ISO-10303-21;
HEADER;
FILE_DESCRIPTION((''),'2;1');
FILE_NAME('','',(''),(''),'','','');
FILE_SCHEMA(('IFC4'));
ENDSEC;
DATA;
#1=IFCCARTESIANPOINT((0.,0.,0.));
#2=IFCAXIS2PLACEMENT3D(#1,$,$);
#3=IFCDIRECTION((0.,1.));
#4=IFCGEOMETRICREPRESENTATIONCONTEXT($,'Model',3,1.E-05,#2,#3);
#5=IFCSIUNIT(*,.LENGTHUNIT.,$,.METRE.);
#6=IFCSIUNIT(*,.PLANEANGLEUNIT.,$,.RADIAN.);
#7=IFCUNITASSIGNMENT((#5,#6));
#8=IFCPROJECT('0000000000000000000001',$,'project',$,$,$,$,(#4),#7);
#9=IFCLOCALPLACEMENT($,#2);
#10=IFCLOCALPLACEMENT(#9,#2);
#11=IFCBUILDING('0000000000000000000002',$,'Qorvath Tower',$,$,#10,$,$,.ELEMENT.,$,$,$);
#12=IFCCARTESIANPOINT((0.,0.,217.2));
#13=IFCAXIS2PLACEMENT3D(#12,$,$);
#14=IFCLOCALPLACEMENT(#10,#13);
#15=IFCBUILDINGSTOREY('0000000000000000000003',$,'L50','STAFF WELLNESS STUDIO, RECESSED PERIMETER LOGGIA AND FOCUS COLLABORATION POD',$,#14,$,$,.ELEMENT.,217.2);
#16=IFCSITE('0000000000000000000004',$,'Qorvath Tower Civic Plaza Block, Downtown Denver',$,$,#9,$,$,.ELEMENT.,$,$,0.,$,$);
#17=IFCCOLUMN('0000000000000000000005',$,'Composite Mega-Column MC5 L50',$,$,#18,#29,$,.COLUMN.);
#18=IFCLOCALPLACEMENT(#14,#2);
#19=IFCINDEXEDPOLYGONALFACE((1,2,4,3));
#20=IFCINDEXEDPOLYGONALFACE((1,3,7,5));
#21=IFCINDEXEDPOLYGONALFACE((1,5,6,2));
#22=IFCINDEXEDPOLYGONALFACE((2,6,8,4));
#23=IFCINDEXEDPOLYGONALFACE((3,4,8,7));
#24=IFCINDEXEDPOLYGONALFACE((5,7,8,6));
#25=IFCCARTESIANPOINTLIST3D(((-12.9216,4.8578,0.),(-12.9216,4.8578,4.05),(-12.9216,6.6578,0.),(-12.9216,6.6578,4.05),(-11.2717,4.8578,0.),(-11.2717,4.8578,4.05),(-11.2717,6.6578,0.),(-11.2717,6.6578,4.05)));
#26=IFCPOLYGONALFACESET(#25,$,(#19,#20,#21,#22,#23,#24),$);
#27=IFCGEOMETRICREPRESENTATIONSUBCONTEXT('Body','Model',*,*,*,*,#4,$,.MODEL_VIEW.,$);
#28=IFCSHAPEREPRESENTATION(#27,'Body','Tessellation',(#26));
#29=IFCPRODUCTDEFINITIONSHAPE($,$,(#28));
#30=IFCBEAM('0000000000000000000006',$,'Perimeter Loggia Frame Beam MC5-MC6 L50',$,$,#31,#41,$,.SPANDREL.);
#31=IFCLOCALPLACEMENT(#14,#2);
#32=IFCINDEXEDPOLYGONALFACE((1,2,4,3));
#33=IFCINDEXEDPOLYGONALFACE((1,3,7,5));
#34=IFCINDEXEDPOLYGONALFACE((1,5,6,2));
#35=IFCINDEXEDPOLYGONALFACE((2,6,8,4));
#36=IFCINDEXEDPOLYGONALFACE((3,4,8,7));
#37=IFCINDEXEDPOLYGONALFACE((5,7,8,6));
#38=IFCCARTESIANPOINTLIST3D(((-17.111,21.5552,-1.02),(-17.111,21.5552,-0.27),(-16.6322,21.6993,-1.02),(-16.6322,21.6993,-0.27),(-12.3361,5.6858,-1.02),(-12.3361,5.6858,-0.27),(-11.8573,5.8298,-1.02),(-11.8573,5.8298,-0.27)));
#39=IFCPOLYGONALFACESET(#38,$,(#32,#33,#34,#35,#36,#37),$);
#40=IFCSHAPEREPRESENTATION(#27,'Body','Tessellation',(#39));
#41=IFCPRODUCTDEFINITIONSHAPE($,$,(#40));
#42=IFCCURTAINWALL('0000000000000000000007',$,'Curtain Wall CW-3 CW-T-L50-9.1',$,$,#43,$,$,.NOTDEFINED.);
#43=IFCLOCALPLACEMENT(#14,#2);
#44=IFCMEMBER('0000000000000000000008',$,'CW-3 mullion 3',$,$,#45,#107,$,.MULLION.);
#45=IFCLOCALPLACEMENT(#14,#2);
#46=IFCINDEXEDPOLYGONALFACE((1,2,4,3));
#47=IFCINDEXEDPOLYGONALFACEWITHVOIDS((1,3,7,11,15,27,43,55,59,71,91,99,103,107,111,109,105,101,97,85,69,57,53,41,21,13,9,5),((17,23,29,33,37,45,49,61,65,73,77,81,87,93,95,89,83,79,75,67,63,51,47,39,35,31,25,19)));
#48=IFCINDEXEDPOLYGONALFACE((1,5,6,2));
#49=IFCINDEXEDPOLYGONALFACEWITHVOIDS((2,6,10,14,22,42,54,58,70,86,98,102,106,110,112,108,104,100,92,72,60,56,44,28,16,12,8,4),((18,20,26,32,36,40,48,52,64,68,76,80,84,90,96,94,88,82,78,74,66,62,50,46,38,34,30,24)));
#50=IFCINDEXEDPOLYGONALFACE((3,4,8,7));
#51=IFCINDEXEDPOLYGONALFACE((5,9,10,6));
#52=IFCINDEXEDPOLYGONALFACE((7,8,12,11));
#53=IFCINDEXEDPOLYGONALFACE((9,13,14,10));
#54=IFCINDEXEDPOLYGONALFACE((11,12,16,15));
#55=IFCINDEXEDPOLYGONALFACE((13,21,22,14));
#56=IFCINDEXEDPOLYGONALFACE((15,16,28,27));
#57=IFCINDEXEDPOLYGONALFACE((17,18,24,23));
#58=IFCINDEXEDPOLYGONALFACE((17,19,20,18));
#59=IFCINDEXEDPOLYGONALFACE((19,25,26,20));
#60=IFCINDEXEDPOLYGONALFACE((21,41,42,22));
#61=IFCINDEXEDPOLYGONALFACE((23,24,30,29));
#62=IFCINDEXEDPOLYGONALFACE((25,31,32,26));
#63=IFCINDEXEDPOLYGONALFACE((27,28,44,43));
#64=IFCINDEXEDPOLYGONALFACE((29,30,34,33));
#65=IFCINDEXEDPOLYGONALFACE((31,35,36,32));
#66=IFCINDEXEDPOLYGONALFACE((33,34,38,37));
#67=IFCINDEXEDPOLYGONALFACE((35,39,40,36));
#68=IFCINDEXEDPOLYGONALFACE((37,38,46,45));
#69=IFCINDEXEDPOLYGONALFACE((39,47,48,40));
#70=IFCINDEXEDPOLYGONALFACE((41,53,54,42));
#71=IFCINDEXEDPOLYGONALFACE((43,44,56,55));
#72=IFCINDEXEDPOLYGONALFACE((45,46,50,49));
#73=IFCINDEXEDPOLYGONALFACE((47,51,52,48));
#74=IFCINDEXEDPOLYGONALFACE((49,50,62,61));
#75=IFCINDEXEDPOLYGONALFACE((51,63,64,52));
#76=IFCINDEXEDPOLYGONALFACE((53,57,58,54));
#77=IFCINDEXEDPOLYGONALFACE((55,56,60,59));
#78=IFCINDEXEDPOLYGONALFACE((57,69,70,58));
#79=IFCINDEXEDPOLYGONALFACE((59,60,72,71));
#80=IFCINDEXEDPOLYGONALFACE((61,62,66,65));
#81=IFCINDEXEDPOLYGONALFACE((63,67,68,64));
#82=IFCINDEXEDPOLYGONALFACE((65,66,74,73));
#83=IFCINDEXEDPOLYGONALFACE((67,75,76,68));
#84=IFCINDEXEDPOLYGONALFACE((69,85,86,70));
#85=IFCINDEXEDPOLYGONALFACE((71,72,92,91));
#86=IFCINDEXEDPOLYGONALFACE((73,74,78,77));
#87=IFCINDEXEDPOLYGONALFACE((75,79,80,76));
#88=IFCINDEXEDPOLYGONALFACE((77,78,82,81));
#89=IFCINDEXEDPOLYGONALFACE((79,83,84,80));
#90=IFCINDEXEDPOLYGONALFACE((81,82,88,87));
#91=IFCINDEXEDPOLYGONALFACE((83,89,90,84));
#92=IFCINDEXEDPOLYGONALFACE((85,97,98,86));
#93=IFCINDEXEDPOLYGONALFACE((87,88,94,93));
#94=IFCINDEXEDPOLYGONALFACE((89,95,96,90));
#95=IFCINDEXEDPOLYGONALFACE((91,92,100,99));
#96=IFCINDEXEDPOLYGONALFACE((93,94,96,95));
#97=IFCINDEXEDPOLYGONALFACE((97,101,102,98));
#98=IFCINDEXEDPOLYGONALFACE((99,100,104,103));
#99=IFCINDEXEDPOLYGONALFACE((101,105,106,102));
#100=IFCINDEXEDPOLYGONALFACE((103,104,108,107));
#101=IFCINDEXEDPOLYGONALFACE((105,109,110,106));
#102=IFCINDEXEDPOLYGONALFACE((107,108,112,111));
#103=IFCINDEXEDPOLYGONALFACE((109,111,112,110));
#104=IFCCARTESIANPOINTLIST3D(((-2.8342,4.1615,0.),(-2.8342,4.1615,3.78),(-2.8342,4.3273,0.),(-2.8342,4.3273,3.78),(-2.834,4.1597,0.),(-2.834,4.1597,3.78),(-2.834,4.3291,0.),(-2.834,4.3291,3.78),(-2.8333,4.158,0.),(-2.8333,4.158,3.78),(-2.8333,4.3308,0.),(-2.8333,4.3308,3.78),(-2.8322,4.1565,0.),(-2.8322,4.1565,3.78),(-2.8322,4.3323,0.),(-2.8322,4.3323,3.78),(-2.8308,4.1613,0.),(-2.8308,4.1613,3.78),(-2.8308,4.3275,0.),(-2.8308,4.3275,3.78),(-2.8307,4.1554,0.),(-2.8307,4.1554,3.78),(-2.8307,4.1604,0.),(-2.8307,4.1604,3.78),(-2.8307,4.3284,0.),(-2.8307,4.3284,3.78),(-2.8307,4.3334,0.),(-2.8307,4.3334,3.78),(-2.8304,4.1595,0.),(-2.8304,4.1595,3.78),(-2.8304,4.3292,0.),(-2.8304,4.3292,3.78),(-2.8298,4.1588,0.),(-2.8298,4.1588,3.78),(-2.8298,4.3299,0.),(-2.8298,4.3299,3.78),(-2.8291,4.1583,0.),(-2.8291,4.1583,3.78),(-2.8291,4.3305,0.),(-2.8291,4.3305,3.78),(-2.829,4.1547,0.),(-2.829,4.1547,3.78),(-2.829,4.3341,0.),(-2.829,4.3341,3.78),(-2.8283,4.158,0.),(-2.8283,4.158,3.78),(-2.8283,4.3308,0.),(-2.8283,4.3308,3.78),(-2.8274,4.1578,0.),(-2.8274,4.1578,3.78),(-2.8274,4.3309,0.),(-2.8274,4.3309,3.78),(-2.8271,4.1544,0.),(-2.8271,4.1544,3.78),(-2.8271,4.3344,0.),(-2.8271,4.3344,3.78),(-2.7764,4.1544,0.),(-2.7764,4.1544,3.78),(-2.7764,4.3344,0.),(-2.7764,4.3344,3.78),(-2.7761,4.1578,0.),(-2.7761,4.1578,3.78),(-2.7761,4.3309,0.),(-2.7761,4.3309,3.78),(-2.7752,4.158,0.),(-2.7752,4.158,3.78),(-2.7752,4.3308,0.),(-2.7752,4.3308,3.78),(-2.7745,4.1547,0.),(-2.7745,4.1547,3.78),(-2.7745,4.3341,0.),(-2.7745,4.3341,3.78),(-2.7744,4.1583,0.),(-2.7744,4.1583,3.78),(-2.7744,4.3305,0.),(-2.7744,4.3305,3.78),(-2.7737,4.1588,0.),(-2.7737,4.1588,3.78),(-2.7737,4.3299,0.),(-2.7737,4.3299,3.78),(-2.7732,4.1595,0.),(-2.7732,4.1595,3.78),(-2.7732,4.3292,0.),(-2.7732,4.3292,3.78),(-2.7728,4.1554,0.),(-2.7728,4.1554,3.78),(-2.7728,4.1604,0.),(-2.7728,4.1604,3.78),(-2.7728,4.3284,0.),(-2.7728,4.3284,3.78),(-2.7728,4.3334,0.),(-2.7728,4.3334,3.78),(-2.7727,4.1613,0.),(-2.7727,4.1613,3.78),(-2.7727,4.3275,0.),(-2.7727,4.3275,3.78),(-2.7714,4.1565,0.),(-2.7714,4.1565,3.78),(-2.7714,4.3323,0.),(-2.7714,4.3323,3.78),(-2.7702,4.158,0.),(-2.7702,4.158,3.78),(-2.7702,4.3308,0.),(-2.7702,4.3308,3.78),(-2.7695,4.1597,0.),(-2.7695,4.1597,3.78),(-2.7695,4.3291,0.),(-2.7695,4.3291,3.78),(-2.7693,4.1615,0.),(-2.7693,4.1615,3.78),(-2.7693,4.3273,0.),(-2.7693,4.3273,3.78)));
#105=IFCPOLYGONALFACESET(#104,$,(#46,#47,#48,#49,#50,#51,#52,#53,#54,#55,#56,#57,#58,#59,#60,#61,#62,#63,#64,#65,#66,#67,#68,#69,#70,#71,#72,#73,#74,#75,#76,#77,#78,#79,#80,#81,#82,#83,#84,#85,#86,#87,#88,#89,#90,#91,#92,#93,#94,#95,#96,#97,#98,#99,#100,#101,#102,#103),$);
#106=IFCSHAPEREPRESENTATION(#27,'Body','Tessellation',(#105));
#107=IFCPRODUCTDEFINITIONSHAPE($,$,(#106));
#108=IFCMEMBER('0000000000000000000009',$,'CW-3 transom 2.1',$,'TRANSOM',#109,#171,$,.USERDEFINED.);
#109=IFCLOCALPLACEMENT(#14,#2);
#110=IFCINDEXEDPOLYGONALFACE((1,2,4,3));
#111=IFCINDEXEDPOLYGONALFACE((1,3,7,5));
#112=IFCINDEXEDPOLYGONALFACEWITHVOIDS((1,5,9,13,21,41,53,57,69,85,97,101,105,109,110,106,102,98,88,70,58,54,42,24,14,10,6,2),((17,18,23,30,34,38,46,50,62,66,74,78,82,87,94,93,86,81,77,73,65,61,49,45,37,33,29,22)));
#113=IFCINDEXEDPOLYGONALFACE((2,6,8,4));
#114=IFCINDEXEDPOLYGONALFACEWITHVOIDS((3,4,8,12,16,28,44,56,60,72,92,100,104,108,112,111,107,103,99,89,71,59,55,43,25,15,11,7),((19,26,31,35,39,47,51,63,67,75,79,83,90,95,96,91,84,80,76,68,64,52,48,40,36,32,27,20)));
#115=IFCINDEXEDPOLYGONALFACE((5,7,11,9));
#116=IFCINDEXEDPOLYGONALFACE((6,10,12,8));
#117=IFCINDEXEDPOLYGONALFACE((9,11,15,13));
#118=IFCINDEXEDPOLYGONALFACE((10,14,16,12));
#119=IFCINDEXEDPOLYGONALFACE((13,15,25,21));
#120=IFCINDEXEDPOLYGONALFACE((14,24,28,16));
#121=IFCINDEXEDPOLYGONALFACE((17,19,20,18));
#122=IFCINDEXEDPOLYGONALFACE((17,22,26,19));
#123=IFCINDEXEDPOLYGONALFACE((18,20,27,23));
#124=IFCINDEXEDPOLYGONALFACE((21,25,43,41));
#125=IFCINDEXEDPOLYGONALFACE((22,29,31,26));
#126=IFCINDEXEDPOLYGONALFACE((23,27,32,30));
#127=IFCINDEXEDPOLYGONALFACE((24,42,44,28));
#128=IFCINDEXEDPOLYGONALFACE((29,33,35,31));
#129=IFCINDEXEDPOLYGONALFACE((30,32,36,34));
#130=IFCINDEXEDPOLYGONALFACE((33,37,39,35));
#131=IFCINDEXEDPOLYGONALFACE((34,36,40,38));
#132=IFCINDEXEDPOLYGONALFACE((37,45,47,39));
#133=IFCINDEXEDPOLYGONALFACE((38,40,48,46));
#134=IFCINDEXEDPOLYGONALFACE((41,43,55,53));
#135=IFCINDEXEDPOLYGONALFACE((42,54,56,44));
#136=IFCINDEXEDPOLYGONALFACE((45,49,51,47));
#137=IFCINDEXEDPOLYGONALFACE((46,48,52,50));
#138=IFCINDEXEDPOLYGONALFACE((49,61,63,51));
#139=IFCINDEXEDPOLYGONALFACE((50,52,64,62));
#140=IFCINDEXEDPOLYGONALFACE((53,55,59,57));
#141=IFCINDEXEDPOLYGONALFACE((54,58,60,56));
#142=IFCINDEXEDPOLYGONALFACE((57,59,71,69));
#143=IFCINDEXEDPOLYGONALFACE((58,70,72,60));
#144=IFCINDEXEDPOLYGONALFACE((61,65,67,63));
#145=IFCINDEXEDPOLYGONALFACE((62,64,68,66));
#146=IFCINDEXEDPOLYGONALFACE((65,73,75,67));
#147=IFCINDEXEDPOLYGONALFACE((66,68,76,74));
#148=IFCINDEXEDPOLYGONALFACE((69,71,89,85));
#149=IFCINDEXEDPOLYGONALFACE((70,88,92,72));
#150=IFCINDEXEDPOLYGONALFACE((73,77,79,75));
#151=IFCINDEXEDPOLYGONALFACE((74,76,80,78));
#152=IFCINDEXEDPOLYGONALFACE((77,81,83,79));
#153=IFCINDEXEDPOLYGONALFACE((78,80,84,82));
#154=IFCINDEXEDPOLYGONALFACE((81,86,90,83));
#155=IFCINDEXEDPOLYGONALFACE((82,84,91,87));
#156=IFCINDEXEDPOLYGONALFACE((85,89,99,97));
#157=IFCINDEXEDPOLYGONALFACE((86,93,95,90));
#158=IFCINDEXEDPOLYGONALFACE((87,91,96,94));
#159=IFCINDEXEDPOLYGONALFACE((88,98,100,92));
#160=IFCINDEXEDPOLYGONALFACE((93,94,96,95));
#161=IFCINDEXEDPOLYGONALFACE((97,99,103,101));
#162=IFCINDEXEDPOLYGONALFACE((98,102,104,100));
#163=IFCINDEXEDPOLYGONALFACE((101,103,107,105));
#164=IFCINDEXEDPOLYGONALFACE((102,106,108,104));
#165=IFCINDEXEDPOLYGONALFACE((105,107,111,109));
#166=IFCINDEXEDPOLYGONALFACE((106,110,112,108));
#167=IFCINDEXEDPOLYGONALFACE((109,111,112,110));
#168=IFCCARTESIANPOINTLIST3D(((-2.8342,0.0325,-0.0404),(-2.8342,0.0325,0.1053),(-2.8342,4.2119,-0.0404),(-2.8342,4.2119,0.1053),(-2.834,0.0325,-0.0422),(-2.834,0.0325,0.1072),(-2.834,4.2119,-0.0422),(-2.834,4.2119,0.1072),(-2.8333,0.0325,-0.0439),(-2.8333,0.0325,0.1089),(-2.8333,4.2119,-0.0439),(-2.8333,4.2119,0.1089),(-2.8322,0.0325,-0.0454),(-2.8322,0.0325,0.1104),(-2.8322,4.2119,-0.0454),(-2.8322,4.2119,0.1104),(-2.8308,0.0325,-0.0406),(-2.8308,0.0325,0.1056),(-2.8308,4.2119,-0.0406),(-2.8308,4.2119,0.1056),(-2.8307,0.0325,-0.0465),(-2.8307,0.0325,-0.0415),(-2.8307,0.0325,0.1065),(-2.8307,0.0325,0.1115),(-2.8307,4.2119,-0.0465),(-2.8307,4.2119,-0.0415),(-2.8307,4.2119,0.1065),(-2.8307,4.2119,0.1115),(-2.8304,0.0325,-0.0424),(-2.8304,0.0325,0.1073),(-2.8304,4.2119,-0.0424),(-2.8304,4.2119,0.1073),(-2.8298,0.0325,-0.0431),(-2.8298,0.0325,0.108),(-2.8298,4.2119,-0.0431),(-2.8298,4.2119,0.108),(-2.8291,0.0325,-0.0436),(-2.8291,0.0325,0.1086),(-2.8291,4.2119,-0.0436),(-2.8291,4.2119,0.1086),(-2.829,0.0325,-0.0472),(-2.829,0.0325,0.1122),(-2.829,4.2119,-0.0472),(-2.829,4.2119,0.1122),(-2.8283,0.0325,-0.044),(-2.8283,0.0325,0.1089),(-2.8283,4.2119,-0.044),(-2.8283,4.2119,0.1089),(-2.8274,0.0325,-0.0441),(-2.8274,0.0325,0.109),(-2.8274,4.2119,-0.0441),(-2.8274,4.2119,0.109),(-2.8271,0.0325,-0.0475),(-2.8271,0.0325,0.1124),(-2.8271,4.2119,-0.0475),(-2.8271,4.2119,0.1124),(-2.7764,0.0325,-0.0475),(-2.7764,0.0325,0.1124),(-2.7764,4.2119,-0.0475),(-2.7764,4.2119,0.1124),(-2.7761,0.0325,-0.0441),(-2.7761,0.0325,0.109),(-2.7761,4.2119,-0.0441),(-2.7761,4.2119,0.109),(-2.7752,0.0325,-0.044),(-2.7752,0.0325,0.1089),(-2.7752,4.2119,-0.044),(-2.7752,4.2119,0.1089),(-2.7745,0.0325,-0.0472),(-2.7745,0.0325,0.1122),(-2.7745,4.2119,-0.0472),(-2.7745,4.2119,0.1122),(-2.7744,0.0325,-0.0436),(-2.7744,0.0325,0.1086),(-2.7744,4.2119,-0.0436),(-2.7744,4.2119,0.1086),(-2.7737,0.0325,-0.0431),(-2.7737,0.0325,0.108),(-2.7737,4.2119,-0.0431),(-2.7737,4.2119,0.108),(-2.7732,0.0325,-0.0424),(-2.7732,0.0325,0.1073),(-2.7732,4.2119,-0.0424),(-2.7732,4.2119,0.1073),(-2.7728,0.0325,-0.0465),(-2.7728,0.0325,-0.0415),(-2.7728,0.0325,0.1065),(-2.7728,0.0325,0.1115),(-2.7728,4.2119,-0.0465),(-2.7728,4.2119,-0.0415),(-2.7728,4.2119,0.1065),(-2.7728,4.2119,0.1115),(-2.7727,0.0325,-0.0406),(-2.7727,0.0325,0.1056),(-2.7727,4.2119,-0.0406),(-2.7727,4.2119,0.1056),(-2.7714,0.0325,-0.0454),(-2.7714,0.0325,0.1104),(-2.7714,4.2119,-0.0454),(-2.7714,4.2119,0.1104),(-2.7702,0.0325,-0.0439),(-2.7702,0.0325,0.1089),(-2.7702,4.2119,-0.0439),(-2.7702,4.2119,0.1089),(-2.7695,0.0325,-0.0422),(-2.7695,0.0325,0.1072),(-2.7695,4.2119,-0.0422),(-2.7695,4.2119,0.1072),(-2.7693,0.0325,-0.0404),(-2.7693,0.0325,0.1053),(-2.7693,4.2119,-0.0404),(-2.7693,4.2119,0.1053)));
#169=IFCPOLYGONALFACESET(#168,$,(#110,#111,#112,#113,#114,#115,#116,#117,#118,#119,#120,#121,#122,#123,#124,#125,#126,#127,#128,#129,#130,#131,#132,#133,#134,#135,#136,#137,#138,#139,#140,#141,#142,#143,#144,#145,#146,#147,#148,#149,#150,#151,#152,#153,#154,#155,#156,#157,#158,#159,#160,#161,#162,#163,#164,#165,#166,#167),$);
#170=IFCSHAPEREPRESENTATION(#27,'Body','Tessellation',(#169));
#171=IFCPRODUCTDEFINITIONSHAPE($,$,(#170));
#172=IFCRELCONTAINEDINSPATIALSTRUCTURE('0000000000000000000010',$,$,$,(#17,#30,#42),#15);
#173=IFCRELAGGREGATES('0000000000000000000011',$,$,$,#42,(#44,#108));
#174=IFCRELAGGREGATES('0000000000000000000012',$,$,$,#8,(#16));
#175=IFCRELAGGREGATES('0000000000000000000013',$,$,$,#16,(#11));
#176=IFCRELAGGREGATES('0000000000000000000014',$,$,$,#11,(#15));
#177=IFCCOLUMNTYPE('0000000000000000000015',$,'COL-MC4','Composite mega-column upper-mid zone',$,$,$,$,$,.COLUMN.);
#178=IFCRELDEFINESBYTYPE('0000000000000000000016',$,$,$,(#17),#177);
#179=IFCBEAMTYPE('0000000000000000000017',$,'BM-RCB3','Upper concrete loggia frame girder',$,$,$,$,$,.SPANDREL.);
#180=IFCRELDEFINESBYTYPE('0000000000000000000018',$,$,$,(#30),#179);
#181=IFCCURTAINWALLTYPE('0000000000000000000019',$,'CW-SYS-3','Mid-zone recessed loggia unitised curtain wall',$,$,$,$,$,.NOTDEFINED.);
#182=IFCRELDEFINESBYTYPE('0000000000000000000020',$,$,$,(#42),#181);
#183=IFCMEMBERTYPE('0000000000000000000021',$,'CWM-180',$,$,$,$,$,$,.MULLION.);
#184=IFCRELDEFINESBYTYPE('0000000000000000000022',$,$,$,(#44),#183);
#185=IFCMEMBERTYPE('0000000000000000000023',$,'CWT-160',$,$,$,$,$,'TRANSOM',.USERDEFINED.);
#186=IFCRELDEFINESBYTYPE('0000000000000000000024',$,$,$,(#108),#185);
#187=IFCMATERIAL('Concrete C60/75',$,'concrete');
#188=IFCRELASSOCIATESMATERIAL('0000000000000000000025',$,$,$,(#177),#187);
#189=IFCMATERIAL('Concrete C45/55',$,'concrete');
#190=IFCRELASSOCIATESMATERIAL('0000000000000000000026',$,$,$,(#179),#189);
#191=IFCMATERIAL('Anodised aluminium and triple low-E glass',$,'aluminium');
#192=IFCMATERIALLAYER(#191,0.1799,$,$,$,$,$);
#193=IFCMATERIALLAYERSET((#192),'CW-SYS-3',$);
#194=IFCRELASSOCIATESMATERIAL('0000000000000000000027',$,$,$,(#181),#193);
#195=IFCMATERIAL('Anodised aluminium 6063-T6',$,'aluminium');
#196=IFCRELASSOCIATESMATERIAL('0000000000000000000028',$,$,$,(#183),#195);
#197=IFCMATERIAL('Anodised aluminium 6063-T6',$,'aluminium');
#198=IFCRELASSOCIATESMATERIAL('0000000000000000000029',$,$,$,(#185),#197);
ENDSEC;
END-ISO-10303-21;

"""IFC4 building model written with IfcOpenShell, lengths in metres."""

from ifc_helpers import new_model, si_unit, direction, frame, origin, origin_2d, place, context, subcontext, project, spatial, rectangle, hollow_rectangle, extrude, material, layer, layer_set, material_profile, profile_set, type_object, element, aggregate, save


model = new_model("IFC4")

# Units and contexts
model_context = context("Model", 3, precision=1e-05, world=origin(), true_north=direction((0.0, 1.0)))
body_context = subcontext(model_context, "Body", "Model", "MODEL_VIEW")
ifc_project = project(units=[si_unit("LENGTHUNIT", "METRE"), si_unit("PLANEANGLEUNIT", "RADIAN")], contexts=[model_context])

# Site, building, storey
site_placement = place(None, origin())
site = spatial("IfcSite", under=ifc_project, at=site_placement, Name="Qorvath Tower Civic Plaza Block, Downtown Denver", CompositionType="ELEMENT", RefElevation=0.0)
building_placement = place(site_placement, origin())
building = spatial("IfcBuilding", under=site, at=building_placement, Name="Qorvath Tower", CompositionType="ELEMENT")
storey_placement = place(building_placement, frame((0.0, 0.0, 217.2)))
storey = spatial("IfcBuildingStorey", under=building, at=storey_placement, Name="L50", Description="STAFF WELLNESS STUDIO, RECESSED PERIMETER LOGGIA AND FOCUS COLLABORATION POD", CompositionType="ELEMENT", Elevation=217.2)

# Column
ifc_material_1 = material(Name="Concrete C60/75", Category="concrete")
ifc_material_profile_1 = material_profile(ifc_material_1, rectangle(XDim=1.6499, YDim=1.8, at=origin_2d()), Name="MC 1800x1650")
ifc_profile_set_1 = profile_set([ifc_material_profile_1], Name="Concrete C60/75")
column_type = type_object("IfcColumnType", Name="COL-MC4", Description="Composite mega-column upper-mid zone", PredefinedType="COLUMN", material=ifc_profile_set_1)
column_placement = place(storey_placement, frame((-12.0967, 5.7578, 0.0), z_axis=(0.0, 0.0, 1.0), x_axis=(1.0, 0.0, 0.0)))
element("IfcColumn", 1, at=column_placement, inside=storey, type_object=column_type, Name="Composite Mega-Column MC5 L50", PredefinedType="COLUMN", context=body_context, shape_type="SweptSolid", body=[
    extrude(rectangle(XDim=1.6499, YDim=1.8, at=origin_2d()), origin(), (0.0, 0.0, 1.0), 4.05),
])

# Beam
ifc_material_2 = material(Name="Concrete C45/55", Category="concrete")
ifc_material_profile_2 = material_profile(ifc_material_2, rectangle(XDim=0.5, YDim=0.75, at=origin_2d()), Name="RCB 750x500")
ifc_profile_set_2 = profile_set([ifc_material_profile_2], Name="Concrete C45/55")
beam_type = type_object("IfcBeamType", Name="BM-RCB3", Description="Upper concrete loggia frame girder", PredefinedType="SPANDREL", material=ifc_profile_set_2)
beam_placement = place(storey_placement, frame((-12.0967, 5.7578, -0.645), z_axis=(-0.288128, 0.957592, 0.0), x_axis=(-0.957592, -0.288128, 0.0)))
element("IfcBeam", 2, at=beam_placement, inside=storey, type_object=beam_type, Name="Perimeter Loggia Frame Beam MC5-MC6 L50", PredefinedType="SPANDREL", context=body_context, shape_type="SweptSolid", body=[
    extrude(rectangle(XDim=0.5, YDim=0.75, at=origin_2d()), origin(), (0.0, 0.0, 1.0), 16.5723),
])

# Curtain wall, members
ifc_material_3 = material(Name="Anodised aluminium and triple low-E glass", Category="aluminium")
ifc_layer_1 = layer(ifc_material_3, 0.1799)
ifc_layer_set_1 = layer_set([ifc_layer_1], Name="CW-SYS-3")
curtain_wall_type = type_object("IfcCurtainWallType", Name="CW-SYS-3", Description="Mid-zone recessed loggia unitised curtain wall", PredefinedType="NOTDEFINED", material=ifc_layer_set_1)
curtain_wall_placement = place(storey_placement, origin())
curtain_wall = element("IfcCurtainWall", 3, at=curtain_wall_placement, inside=storey, type_object=curtain_wall_type, Name="Curtain Wall CW-3 CW-T-L50-9.1", PredefinedType="NOTDEFINED")
ifc_material_4 = material(Name="Anodised aluminium 6063-T6", Category="aluminium")
ifc_material_profile_3 = material_profile(ifc_material_4, hollow_rectangle(XDim=0.0649, YDim=0.1799, WallThickness=0.0034, InnerFilletRadius=0.0034, OuterFilletRadius=0.0071, at=origin_2d()), Name="CWM 180x65")
ifc_profile_set_3 = profile_set([ifc_material_profile_3], Name="Anodised aluminium 6063-T6")
member_type_1 = type_object("IfcMemberType", Name="CWM-180", PredefinedType="MULLION", material=ifc_profile_set_3)
member_1_placement = place(storey_placement, frame((-2.8018, 4.2444, 0.0), z_axis=(0.0, 0.0, 1.0), x_axis=(-1.0, 0.0, 0.0)))
member_1 = element("IfcMember", 4, at=member_1_placement, type_object=member_type_1, Name="CW-3 mullion 3", PredefinedType="MULLION", context=body_context, shape_type="SweptSolid", body=[
    extrude(hollow_rectangle(XDim=0.0649, YDim=0.1799, WallThickness=0.0034, InnerFilletRadius=0.0034, OuterFilletRadius=0.0071, at=origin_2d()), origin(), (0.0, 0.0, 1.0), 3.78),
])
ifc_material_5 = material(Name="Anodised aluminium 6063-T6", Category="aluminium")
ifc_material_profile_4 = material_profile(ifc_material_5, hollow_rectangle(XDim=0.0649, YDim=0.1599, WallThickness=0.0034, InnerFilletRadius=0.0034, OuterFilletRadius=0.0071, at=origin_2d()), Name="CWT 160x65")
ifc_profile_set_4 = profile_set([ifc_material_profile_4], Name="Anodised aluminium 6063-T6")
member_type_2 = type_object("IfcMemberType", Name="CWT-160", ElementType="TRANSOM", PredefinedType="USERDEFINED", material=ifc_profile_set_4)
member_2_placement = place(storey_placement, frame((-2.8018, 0.0325, 0.0325), z_axis=(0.0, 1.0, 0.0), x_axis=(-1.0, 0.0, 0.0)))
member_2 = element("IfcMember", 5, at=member_2_placement, type_object=member_type_2, Name="CW-3 transom 2.1", ObjectType="TRANSOM", PredefinedType="USERDEFINED", context=body_context, shape_type="SweptSolid", body=[
    extrude(hollow_rectangle(XDim=0.0649, YDim=0.1599, WallThickness=0.0034, InnerFilletRadius=0.0034, OuterFilletRadius=0.0071, at=origin_2d()), origin(), (0.0, 0.0, 1.0), 4.1794),
])
aggregate(curtain_wall, [member_1, member_2])

save(model, "model.ifc")
